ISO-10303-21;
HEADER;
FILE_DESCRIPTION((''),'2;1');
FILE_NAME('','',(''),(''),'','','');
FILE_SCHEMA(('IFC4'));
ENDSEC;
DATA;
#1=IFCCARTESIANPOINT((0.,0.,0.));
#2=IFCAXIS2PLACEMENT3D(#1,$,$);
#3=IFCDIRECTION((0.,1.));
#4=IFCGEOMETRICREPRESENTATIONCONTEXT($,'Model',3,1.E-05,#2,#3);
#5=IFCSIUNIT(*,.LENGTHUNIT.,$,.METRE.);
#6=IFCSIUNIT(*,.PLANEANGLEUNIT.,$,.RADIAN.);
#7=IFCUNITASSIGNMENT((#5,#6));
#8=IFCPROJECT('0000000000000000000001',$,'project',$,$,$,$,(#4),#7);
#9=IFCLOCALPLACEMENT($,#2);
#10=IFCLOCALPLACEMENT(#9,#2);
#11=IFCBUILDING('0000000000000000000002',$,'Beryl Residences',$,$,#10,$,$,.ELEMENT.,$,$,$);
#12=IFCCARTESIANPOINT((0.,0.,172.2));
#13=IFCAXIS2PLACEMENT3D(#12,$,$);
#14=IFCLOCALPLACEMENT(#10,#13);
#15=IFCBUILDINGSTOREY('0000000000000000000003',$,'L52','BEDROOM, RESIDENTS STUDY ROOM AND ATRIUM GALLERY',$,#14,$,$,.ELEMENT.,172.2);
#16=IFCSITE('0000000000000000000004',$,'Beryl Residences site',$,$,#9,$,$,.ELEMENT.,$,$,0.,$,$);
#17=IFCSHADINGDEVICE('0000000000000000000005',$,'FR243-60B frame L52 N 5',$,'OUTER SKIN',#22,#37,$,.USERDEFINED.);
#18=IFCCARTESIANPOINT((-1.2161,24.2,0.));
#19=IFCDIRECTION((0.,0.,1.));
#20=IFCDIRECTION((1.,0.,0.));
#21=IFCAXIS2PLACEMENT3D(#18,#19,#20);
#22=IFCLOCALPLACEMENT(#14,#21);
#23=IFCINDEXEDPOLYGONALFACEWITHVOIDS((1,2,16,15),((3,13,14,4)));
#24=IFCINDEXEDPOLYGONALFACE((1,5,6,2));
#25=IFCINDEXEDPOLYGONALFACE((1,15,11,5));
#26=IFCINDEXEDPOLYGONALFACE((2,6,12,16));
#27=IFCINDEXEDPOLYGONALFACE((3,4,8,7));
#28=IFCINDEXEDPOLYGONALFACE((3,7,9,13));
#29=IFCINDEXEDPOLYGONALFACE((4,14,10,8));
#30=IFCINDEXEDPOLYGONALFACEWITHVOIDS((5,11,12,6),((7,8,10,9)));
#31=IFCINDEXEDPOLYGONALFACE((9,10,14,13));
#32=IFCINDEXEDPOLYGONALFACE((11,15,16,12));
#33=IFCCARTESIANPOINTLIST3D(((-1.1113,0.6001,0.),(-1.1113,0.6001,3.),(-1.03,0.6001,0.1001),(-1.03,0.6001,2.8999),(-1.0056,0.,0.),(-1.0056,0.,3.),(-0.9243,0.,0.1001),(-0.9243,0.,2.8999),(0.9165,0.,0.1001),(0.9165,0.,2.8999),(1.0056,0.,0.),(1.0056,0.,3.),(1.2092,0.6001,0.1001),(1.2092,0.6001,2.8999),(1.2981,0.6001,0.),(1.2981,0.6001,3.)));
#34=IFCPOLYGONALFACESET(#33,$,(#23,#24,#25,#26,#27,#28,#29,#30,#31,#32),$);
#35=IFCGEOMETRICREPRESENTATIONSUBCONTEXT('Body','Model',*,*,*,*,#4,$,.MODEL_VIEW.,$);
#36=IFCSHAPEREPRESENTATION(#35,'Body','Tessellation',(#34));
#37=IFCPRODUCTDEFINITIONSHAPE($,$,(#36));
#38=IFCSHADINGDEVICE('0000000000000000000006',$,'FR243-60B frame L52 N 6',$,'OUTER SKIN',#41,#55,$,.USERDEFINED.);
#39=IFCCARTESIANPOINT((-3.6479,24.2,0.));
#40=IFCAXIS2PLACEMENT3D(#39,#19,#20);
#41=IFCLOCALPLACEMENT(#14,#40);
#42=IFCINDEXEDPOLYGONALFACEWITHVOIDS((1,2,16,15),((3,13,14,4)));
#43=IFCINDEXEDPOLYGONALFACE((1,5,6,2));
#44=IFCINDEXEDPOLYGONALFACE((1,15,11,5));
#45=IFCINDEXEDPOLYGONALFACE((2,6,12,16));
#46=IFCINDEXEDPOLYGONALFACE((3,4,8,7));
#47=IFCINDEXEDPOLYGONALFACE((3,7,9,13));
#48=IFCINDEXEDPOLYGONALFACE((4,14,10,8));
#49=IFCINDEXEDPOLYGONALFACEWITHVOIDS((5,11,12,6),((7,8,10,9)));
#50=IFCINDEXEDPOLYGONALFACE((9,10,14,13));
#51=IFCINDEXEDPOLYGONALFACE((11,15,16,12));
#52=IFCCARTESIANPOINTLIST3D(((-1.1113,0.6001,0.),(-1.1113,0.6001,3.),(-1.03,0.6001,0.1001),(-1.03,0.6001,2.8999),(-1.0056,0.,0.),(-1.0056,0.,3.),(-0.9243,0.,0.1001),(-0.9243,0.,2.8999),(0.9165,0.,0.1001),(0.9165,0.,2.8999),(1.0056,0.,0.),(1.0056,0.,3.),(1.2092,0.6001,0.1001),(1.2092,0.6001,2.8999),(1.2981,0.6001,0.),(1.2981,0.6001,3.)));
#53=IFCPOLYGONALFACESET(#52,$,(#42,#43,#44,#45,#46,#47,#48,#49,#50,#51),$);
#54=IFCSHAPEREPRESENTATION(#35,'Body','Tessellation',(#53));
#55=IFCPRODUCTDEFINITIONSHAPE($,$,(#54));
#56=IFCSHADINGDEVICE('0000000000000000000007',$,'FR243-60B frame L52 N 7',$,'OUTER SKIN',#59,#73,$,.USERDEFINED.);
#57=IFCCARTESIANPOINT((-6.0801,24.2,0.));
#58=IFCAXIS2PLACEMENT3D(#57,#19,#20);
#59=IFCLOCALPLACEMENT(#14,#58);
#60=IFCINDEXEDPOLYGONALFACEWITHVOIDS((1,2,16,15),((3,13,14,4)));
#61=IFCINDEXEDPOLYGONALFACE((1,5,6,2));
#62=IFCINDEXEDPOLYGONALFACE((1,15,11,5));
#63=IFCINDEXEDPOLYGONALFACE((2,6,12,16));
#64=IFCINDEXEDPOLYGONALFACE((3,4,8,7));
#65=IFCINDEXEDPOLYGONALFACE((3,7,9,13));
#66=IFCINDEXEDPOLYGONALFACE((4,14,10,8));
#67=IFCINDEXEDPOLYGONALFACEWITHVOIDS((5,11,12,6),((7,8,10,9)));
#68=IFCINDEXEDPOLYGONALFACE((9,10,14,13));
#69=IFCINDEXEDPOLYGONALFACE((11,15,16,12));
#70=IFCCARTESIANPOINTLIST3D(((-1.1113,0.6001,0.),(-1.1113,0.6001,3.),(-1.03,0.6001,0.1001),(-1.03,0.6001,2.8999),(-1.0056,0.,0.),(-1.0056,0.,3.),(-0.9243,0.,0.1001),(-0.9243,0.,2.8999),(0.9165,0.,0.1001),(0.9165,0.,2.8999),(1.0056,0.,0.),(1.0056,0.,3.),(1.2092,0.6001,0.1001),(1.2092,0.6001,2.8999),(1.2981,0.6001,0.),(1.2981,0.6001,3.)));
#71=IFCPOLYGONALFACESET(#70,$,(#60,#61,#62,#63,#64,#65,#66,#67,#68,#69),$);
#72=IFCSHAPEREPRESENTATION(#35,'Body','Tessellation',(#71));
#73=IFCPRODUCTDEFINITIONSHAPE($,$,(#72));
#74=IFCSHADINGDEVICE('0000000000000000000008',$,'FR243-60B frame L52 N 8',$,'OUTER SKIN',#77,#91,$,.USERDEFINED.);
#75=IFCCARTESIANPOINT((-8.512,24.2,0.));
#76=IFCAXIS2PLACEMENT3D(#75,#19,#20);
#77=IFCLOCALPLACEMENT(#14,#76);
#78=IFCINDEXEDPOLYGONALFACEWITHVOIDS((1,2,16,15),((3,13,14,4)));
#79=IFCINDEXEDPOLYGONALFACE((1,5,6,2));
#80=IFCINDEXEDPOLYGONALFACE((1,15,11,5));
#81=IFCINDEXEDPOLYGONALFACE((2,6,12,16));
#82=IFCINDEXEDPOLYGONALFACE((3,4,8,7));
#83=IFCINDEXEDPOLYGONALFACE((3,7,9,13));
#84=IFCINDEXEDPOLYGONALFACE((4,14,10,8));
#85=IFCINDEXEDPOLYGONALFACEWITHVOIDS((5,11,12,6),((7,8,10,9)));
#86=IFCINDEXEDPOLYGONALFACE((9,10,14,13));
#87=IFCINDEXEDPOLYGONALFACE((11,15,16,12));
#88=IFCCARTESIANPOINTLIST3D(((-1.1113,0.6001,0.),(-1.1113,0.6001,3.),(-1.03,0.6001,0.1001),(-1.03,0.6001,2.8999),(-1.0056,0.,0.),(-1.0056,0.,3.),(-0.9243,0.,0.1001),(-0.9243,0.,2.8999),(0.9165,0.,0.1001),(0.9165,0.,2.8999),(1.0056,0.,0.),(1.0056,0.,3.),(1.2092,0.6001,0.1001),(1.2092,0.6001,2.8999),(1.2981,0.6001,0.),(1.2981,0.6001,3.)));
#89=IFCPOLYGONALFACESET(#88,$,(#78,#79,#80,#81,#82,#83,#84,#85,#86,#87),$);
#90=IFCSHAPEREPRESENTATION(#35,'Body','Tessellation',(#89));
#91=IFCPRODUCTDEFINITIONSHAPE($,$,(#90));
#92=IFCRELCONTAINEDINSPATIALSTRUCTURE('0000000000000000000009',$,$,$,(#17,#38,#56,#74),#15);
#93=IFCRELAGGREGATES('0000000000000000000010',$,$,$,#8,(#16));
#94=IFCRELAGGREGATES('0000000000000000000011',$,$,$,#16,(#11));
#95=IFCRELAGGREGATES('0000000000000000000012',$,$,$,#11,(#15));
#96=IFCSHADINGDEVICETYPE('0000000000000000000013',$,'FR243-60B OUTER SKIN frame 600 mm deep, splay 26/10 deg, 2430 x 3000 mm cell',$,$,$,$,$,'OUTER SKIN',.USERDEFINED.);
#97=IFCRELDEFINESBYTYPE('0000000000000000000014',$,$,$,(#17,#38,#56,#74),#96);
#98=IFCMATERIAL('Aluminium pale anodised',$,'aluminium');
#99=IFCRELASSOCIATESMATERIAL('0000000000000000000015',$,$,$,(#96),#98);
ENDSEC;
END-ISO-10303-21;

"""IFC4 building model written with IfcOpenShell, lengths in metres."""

from ifc_helpers import new_model, entity, si_unit, direction, frame, origin, place, context, subcontext, project, spatial, source, transform, mapped, material, type_object, type_shapes, element, save


model = new_model("IFC4")

# Units and contexts
model_context = context("Model", 3, precision=1e-05, world=origin(), true_north=direction((0.0, 1.0)))
body_context = subcontext(model_context, "Body", "Model", "MODEL_VIEW")
ifc_project = project(units=[si_unit("LENGTHUNIT", "METRE"), si_unit("PLANEANGLEUNIT", "RADIAN")], contexts=[model_context])

# Site, building, storey
site_placement = place(None, origin())
site = spatial("IfcSite", under=ifc_project, at=site_placement, Name="Beryl Residences site", CompositionType="ELEMENT", RefElevation=0.0)
building_placement = place(site_placement, origin())
building = spatial("IfcBuilding", under=site, at=building_placement, Name="Beryl Residences", CompositionType="ELEMENT")
storey_placement = place(building_placement, frame((0.0, 0.0, 172.2)))
storey = spatial("IfcBuildingStorey", under=building, at=storey_placement, Name="L52", Description="BEDROOM, RESIDENTS STUDY ROOM AND ATRIUM GALLERY", CompositionType="ELEMENT", Elevation=172.2)

# Shading devices
ifc_material_1 = material(Name="Aluminium pale anodised", Category="aluminium")
shading_device_type = type_object("IfcShadingDeviceType", Name="FR243-60B OUTER SKIN frame 600 mm deep, splay 26/10 deg, 2430 x 3000 mm cell", ElementType="OUTER SKIN", PredefinedType="USERDEFINED", material=ifc_material_1)
cartesian_point_1 = entity("IfcCartesianPoint", [-1.0056, 0.0])
cartesian_point_2 = entity("IfcCartesianPoint", [-0.9165, 0.1001])
cartesian_point_3 = entity("IfcCartesianPoint", [-1.2981, 0.0])
cartesian_point_4 = entity("IfcCartesianPoint", [-1.2092, 0.1001])
shared_shape_1 = source(origin(), body_context, "Body", "SweptSolid", [
    entity("IfcExtrudedAreaSolidTapered", entity("IfcArbitraryProfileDefWithVoids", "AREA", None, entity("IfcPolyline", [cartesian_point_1, entity("IfcCartesianPoint", [1.0056, 0.0]), entity("IfcCartesianPoint", [1.0056, 3.0]), entity("IfcCartesianPoint", [-1.0056, 3.0]), cartesian_point_1]), [entity("IfcPolyline", [cartesian_point_2, entity("IfcCartesianPoint", [0.9243, 0.1001]), entity("IfcCartesianPoint", [0.9243, 2.8999]), entity("IfcCartesianPoint", [-0.9165, 2.8999]), cartesian_point_2])]), entity("IfcAxis2Placement3D", entity("IfcCartesianPoint", [0.0, 0.0, 0.0]), entity("IfcDirection", [0.0, 1.0, 0.0]), entity("IfcDirection", [-1.0, 0.0, 0.0])), entity("IfcDirection", [0.0, 0.0, 1.0]), 0.6001, entity("IfcArbitraryProfileDefWithVoids", "AREA", None, entity("IfcPolyline", [cartesian_point_3, entity("IfcCartesianPoint", [1.1113, 0.0]), entity("IfcCartesianPoint", [1.1113, 3.0]), entity("IfcCartesianPoint", [-1.2981, 3.0]), cartesian_point_3]), [entity("IfcPolyline", [cartesian_point_4, entity("IfcCartesianPoint", [1.03, 0.1001]), entity("IfcCartesianPoint", [1.03, 2.8999]), entity("IfcCartesianPoint", [-1.2092, 2.8999]), cartesian_point_4])])),
])
type_shapes(shading_device_type, [shared_shape_1])
for number, where, z_axis, x_axis, name in (
    (1, (-1.2161, 24.2, 0.0), (0.0, 0.0, 1.0), (1.0, 0.0, 0.0), "FR243-60B frame L52 N 5"),
    (2, (-3.6479, 24.2, 0.0), (0.0, 0.0, 1.0), (1.0, 0.0, 0.0), "FR243-60B frame L52 N 6"),
    (3, (-6.0801, 24.2, 0.0), (0.0, 0.0, 1.0), (1.0, 0.0, 0.0), "FR243-60B frame L52 N 7"),
    (4, (-8.512, 24.2, 0.0), (0.0, 0.0, 1.0), (1.0, 0.0, 0.0), "FR243-60B frame L52 N 8"),
):
    element("IfcShadingDevice", number, at=place(storey_placement, frame(where, z_axis=z_axis, x_axis=x_axis)), inside=storey, type_object=shading_device_type, Name=name, ObjectType="OUTER SKIN", PredefinedType="USERDEFINED", context=body_context, shape_type="MappedRepresentation", body=[
        mapped(shared_shape_1, transform((0.0, 0.0, 0.0))),
    ])

save(model, "model.ifc")
